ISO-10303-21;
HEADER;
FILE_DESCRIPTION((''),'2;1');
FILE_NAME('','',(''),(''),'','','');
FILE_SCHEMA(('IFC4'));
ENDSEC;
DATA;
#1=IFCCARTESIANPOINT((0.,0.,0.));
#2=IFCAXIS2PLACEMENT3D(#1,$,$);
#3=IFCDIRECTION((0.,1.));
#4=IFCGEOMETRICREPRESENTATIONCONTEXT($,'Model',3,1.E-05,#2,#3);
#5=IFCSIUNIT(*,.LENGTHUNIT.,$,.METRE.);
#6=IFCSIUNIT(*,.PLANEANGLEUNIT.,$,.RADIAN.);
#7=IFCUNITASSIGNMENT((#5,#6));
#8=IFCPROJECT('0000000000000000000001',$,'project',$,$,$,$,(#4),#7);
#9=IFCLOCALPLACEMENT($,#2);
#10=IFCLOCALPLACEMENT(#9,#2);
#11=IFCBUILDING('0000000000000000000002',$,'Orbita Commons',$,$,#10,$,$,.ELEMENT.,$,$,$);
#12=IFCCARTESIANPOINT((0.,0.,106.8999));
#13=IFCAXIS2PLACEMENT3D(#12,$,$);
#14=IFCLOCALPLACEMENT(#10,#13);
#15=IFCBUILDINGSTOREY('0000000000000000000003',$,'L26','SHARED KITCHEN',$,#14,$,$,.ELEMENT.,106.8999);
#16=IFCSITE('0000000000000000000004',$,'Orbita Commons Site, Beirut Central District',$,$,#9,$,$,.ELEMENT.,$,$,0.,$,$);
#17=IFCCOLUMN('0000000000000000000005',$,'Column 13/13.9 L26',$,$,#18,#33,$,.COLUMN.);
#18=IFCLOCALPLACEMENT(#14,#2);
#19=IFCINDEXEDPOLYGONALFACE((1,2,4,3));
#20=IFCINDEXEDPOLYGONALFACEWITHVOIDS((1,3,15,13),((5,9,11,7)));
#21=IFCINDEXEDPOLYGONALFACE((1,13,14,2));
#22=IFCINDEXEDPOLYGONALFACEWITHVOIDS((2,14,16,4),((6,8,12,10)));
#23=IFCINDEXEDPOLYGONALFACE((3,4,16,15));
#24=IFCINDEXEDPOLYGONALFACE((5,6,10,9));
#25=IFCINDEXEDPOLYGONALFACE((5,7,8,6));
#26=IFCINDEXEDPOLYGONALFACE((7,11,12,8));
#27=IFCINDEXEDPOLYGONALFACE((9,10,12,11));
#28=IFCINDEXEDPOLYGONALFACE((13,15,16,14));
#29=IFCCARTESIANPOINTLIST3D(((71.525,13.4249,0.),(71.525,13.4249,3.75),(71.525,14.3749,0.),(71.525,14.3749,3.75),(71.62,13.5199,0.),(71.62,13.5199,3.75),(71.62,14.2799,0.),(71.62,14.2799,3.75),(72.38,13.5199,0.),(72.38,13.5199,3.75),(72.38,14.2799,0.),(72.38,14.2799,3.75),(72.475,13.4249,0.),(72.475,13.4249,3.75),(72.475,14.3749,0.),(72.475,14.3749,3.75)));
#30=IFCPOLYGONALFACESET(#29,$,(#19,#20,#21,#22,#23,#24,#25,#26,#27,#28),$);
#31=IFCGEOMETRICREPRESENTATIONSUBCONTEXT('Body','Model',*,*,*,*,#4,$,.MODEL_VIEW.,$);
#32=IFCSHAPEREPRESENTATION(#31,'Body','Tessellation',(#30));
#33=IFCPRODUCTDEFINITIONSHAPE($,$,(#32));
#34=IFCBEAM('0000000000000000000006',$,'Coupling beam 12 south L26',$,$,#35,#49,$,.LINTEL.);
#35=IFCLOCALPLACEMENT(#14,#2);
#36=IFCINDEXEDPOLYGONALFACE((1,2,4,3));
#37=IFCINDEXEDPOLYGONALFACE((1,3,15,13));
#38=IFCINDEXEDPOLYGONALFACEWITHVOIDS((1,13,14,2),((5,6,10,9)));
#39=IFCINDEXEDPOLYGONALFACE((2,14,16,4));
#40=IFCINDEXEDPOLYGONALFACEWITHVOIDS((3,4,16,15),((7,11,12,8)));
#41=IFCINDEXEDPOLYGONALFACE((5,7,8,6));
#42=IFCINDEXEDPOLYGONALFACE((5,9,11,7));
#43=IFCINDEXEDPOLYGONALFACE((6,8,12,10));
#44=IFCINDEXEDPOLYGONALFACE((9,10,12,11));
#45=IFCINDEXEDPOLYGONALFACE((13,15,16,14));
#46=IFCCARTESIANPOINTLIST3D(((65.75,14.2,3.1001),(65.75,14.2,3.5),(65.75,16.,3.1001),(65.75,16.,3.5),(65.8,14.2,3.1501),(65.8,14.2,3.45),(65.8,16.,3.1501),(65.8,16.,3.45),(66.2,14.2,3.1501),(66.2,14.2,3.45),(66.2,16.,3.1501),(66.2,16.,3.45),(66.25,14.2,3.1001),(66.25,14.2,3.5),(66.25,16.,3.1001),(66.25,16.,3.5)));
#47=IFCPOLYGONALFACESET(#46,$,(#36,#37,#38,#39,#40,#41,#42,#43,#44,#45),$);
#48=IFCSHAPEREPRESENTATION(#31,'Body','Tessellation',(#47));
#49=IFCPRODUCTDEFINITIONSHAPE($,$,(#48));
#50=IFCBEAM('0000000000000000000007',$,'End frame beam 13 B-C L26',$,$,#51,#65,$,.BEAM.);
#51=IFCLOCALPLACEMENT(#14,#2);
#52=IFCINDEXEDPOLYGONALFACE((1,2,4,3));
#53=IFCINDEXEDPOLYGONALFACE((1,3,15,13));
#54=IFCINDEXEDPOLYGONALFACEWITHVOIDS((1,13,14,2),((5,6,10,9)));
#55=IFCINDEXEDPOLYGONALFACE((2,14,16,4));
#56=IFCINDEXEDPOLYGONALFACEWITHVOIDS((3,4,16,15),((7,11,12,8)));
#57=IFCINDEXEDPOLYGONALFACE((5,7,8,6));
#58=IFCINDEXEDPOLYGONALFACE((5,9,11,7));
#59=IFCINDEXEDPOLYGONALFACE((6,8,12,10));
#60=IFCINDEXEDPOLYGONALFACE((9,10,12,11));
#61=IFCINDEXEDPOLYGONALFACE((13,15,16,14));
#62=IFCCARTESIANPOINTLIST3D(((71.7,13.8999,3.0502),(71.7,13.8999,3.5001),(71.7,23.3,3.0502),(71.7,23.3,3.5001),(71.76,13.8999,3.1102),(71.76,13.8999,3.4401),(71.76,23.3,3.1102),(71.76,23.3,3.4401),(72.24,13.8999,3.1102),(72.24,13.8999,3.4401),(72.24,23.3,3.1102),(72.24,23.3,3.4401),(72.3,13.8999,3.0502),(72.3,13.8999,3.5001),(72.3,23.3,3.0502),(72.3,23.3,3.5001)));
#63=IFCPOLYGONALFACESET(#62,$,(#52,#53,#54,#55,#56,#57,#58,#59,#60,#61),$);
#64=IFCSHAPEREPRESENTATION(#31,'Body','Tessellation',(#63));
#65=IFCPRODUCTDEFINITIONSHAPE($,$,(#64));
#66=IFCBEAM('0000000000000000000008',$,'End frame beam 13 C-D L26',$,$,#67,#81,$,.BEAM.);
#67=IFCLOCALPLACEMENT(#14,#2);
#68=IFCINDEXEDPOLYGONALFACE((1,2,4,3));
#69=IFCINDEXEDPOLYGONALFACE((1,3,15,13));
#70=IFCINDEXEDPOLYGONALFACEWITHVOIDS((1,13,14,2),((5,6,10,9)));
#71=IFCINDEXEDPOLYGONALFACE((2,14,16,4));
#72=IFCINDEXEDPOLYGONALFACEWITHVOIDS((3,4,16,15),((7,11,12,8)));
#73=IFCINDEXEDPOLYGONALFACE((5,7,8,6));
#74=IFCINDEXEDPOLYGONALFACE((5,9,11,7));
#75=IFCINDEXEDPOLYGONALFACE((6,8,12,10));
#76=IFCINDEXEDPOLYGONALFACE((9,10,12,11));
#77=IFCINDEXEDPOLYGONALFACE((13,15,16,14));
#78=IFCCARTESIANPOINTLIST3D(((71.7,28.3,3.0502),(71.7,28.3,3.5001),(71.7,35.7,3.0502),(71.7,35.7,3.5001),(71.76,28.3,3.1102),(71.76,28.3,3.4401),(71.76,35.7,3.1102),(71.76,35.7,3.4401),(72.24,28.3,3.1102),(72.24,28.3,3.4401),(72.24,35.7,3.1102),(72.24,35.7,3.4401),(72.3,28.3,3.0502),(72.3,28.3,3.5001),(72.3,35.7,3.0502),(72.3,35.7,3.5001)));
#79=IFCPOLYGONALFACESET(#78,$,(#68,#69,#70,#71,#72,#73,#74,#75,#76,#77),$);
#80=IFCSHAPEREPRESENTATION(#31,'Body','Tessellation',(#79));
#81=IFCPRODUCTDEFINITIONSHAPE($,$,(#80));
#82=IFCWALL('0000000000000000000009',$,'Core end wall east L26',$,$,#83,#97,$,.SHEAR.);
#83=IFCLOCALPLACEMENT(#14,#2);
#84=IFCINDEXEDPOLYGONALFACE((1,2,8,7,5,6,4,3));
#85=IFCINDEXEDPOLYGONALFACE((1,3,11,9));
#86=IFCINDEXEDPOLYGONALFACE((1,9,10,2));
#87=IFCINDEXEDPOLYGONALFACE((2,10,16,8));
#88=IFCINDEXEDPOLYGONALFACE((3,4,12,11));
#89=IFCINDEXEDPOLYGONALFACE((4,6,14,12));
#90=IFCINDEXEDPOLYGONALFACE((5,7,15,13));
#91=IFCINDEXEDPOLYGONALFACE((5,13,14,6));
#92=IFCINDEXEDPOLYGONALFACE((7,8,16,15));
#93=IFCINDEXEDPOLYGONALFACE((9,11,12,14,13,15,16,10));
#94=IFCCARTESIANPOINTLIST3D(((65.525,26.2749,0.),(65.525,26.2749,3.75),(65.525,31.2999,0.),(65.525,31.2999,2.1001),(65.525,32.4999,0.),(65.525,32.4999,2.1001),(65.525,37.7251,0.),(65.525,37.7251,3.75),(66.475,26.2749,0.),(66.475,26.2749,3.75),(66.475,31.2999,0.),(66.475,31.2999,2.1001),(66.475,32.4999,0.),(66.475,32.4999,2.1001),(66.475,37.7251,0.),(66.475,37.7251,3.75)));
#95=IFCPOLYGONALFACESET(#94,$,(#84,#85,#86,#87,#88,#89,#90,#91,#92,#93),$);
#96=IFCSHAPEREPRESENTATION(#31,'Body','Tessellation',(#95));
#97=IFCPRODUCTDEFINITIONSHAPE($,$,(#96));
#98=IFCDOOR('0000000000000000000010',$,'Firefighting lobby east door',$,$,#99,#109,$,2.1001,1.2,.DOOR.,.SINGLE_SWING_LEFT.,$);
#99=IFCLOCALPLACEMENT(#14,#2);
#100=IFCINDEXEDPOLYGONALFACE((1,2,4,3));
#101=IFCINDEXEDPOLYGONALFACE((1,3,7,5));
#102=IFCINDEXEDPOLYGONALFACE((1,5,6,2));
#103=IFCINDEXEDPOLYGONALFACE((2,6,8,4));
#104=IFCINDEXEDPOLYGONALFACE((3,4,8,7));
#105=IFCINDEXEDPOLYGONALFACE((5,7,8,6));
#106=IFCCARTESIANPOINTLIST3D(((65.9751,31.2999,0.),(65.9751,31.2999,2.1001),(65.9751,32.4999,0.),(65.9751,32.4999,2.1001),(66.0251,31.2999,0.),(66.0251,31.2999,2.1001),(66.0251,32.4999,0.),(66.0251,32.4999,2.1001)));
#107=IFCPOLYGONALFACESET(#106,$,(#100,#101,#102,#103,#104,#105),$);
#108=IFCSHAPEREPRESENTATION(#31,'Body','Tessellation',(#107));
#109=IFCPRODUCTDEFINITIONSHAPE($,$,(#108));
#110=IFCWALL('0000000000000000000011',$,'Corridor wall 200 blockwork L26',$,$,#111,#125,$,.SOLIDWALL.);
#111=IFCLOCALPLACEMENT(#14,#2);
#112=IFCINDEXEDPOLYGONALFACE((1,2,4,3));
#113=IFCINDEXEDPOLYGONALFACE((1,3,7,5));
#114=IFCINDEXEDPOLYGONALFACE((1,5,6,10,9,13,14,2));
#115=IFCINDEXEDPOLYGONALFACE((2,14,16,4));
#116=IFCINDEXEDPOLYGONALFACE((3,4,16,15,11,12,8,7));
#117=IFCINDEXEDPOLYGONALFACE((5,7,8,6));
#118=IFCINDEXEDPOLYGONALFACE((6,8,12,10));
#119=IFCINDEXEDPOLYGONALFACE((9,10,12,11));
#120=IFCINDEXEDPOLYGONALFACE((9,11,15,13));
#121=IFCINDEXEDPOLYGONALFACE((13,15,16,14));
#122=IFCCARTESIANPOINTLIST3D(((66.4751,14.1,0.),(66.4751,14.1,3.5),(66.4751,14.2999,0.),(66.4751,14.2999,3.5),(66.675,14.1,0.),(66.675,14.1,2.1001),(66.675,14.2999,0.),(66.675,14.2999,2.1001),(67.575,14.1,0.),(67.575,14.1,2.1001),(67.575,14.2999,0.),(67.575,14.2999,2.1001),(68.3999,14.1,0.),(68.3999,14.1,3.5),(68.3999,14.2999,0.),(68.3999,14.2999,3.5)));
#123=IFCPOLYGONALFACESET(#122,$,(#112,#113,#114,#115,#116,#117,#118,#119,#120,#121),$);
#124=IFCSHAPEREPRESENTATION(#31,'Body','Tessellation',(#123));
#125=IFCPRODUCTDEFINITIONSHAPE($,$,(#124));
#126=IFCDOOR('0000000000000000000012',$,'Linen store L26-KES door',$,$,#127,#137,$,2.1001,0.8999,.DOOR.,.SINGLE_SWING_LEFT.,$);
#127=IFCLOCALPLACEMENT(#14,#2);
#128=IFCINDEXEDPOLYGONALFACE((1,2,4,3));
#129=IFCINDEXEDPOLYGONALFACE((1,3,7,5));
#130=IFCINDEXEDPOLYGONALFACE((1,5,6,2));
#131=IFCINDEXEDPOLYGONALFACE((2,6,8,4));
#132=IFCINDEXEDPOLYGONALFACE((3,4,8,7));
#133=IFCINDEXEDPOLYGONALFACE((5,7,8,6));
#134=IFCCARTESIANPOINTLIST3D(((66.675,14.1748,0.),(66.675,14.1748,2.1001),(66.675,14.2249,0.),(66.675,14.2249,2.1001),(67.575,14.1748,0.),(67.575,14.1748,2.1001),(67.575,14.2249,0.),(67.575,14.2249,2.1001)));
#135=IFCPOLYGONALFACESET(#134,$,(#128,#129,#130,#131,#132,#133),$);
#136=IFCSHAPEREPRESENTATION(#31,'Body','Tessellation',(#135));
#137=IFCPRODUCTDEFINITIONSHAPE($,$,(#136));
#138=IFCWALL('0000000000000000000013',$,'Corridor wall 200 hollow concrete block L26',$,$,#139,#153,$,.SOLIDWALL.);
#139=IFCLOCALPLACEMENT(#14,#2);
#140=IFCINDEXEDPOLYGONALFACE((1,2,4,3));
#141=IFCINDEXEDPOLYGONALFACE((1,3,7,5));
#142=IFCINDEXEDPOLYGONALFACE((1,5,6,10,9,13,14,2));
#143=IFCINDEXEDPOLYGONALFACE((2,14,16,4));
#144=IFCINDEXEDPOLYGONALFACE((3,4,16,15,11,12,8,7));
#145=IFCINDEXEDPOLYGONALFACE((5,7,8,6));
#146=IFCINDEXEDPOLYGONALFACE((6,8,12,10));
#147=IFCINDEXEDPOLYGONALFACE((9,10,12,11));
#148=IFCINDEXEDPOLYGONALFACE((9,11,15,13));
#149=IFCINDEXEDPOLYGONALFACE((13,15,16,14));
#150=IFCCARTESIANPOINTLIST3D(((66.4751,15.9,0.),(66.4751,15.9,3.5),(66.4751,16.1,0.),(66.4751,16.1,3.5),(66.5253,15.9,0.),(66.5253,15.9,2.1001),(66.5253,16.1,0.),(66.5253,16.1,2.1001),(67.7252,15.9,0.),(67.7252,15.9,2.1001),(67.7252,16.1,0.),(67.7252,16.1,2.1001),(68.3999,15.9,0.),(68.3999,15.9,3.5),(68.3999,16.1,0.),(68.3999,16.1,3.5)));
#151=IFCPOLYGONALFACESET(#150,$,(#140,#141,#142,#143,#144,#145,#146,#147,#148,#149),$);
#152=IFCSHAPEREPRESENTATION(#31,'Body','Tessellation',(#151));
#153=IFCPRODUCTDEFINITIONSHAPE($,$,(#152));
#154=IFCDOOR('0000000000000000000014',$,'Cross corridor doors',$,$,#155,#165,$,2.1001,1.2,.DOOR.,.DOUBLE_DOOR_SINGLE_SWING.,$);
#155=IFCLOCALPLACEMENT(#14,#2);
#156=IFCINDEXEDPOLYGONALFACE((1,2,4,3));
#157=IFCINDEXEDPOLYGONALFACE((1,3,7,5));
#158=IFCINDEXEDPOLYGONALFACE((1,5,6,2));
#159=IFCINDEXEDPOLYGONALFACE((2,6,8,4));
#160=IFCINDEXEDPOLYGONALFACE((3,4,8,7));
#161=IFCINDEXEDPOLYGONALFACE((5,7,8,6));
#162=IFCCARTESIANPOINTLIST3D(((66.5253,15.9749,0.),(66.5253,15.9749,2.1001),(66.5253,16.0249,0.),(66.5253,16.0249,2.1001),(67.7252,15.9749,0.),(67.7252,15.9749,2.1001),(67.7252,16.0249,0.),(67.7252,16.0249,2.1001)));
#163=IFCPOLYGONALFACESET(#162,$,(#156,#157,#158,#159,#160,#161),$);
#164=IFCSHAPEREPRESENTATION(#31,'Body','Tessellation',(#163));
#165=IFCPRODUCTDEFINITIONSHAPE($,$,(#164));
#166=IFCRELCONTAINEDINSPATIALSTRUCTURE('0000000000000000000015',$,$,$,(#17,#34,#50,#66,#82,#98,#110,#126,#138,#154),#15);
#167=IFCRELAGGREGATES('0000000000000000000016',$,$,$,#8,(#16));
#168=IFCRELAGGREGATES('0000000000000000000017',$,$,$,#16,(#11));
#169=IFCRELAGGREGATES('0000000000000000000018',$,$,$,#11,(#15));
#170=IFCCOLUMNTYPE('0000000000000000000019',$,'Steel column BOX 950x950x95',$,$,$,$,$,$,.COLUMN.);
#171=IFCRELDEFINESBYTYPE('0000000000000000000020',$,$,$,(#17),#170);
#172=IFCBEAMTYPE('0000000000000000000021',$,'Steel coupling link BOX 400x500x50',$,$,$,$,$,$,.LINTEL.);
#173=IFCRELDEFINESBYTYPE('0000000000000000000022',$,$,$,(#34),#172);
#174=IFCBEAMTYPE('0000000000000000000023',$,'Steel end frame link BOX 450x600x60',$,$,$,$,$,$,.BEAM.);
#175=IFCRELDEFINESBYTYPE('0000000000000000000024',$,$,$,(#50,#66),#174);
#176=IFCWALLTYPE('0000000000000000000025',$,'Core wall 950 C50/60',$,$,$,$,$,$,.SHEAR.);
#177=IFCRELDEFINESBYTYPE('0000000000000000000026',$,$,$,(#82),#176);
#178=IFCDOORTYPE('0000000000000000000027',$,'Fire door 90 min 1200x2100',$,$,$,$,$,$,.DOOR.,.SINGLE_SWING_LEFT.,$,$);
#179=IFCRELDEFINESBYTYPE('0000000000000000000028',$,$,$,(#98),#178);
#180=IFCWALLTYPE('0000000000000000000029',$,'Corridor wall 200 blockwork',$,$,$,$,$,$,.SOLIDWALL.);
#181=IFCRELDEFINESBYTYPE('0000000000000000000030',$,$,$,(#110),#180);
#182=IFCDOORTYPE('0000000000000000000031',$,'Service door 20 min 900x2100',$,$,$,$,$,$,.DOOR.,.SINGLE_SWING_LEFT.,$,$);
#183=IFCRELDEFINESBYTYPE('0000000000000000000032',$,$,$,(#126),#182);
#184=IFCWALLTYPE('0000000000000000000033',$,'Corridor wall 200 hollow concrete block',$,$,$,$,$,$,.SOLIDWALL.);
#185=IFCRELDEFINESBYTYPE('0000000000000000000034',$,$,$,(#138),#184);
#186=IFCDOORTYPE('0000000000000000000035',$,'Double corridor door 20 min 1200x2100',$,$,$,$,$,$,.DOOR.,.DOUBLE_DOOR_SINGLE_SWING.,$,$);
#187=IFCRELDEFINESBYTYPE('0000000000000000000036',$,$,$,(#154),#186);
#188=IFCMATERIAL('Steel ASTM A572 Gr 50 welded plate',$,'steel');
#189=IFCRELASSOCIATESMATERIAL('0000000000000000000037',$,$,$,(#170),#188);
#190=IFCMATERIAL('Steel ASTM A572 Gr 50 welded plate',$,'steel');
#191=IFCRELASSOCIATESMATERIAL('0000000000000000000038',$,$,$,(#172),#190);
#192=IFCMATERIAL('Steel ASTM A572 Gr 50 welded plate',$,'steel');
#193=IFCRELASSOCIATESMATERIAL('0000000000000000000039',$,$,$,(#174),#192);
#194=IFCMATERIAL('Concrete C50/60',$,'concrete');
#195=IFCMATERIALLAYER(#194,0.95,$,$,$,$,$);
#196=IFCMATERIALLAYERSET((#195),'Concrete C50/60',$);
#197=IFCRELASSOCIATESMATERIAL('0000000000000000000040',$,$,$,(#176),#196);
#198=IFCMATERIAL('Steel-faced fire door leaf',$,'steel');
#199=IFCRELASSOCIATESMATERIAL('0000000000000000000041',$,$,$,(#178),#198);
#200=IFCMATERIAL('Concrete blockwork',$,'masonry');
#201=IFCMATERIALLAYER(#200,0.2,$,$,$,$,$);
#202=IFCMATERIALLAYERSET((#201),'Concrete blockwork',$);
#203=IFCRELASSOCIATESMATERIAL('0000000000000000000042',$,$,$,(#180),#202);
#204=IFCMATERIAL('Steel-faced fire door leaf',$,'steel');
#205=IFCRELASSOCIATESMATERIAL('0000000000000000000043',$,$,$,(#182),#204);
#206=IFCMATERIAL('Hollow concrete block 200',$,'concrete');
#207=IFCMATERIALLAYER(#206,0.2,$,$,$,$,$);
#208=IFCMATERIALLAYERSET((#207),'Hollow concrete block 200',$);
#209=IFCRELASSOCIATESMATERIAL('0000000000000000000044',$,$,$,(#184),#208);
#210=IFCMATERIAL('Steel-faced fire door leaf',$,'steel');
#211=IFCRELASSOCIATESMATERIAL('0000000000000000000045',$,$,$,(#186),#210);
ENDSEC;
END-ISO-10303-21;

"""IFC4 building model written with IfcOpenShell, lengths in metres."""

from ifc_helpers import new_model, si_unit, direction, frame, frame_2d, origin, origin_2d, place, context, subcontext, project, spatial, rectangle, hollow_rectangle, extrude, material, layer, layer_set, material_profile, profile_set, type_object, element, fill, save


model = new_model("IFC4")

# Units and contexts
model_context = context("Model", 3, precision=1e-05, world=origin(), true_north=direction((0.0, 1.0)))
body_context = subcontext(model_context, "Body", "Model", "MODEL_VIEW")
ifc_project = project(units=[si_unit("LENGTHUNIT", "METRE"), si_unit("PLANEANGLEUNIT", "RADIAN")], contexts=[model_context])

# Site, building, storey
site_placement = place(None, origin())
site = spatial("IfcSite", under=ifc_project, at=site_placement, Name="Orbita Commons Site, Beirut Central District", CompositionType="ELEMENT", RefElevation=0.0)
building_placement = place(site_placement, origin())
building = spatial("IfcBuilding", under=site, at=building_placement, Name="Orbita Commons", CompositionType="ELEMENT")
storey_placement = place(building_placement, frame((0.0, 0.0, 106.8999)))
storey = spatial("IfcBuildingStorey", under=building, at=storey_placement, Name="L26", Description="SHARED KITCHEN", CompositionType="ELEMENT", Elevation=106.8999)

# Column
ifc_material_1 = material(Name="Steel ASTM A572 Gr 50 welded plate", Category="steel")
ifc_material_profile_1 = material_profile(ifc_material_1, hollow_rectangle(XDim=0.95, YDim=0.95, WallThickness=0.095, at=origin_2d()), Name="BOX 950x950x95")
ifc_profile_set_1 = profile_set([ifc_material_profile_1], Name="Steel ASTM A572 Gr 50 welded plate")
column_type = type_object("IfcColumnType", Name="Steel column BOX 950x950x95", PredefinedType="COLUMN", material=ifc_profile_set_1)
column_placement = place(storey_placement, frame((72.0, 13.8999, 0.0), z_axis=(0.0, 0.0, 1.0), x_axis=(1.0, 0.0, 0.0)))
element("IfcColumn", 1, at=column_placement, inside=storey, type_object=column_type, Name="Column 13/13.9 L26", PredefinedType="COLUMN", context=body_context, shape_type="SweptSolid", body=[
    extrude(hollow_rectangle(XDim=0.95, YDim=0.95, WallThickness=0.095, at=origin_2d()), origin(), (0.0, 0.0, 1.0), 3.75),
])

# Beams
ifc_material_2 = material(Name="Steel ASTM A572 Gr 50 welded plate", Category="steel")
ifc_material_profile_2 = material_profile(ifc_material_2, hollow_rectangle(XDim=0.5, YDim=0.3999, WallThickness=0.05, at=origin_2d()), Name="BOX 400x500x50")
ifc_profile_set_2 = profile_set([ifc_material_profile_2], Name="Steel ASTM A572 Gr 50 welded plate")
beam_type_1 = type_object("IfcBeamType", Name="Steel coupling link BOX 400x500x50", PredefinedType="LINTEL", material=ifc_profile_set_2)
beam_1_placement = place(storey_placement, frame((66.0, 14.2, 3.3), z_axis=(0.0, 1.0, 0.0), x_axis=(-1.0, 0.0, 0.0)))
element("IfcBeam", 2, at=beam_1_placement, inside=storey, type_object=beam_type_1, Name="Coupling beam 12 south L26", PredefinedType="LINTEL", context=body_context, shape_type="SweptSolid", body=[
    extrude(hollow_rectangle(XDim=0.5, YDim=0.3999, WallThickness=0.05, at=origin_2d()), origin(), (0.0, 0.0, 1.0), 1.8),
])
ifc_material_3 = material(Name="Steel ASTM A572 Gr 50 welded plate", Category="steel")
ifc_material_profile_3 = material_profile(ifc_material_3, hollow_rectangle(XDim=0.6001, YDim=0.45, WallThickness=0.0601, at=origin_2d()), Name="BOX 450x600x60")
ifc_profile_set_3 = profile_set([ifc_material_profile_3], Name="Steel ASTM A572 Gr 50 welded plate")
beam_type_2 = type_object("IfcBeamType", Name="Steel end frame link BOX 450x600x60", PredefinedType="BEAM", material=ifc_profile_set_3)
beam_2_placement = place(storey_placement, frame((72.0, 13.8999, 3.2751), z_axis=(0.0, 1.0, 0.0), x_axis=(-1.0, 0.0, 0.0)))
element("IfcBeam", 3, at=beam_2_placement, inside=storey, type_object=beam_type_2, Name="End frame beam 13 B-C L26", PredefinedType="BEAM", context=body_context, shape_type="SweptSolid", body=[
    extrude(hollow_rectangle(XDim=0.6001, YDim=0.45, WallThickness=0.0601, at=origin_2d()), origin(), (0.0, 0.0, 1.0), 9.4001),
])
beam_3_placement = place(storey_placement, frame((72.0, 28.3, 3.2751), z_axis=(0.0, 1.0, 0.0), x_axis=(-1.0, 0.0, 0.0)))
element("IfcBeam", 4, at=beam_3_placement, inside=storey, type_object=beam_type_2, Name="End frame beam 13 C-D L26", PredefinedType="BEAM", context=body_context, shape_type="SweptSolid", body=[
    extrude(hollow_rectangle(XDim=0.6001, YDim=0.45, WallThickness=0.0601, at=origin_2d()), origin(), (0.0, 0.0, 1.0), 7.3999),
])

# Walls, openings, doors
ifc_material_4 = material(Name="Concrete C50/60", Category="concrete")
ifc_layer_1 = layer(ifc_material_4, 0.95)
ifc_layer_set_1 = layer_set([ifc_layer_1], Name="Concrete C50/60")
wall_type_1 = type_object("IfcWallType", Name="Core wall 950 C50/60", PredefinedType="SHEAR", material=ifc_layer_set_1)
wall_1_placement = place(storey_placement, frame((66.0, 26.2749, 0.0), z_axis=(0.0, 0.0, 1.0), x_axis=(0.0, 1.0, 0.0)))
wall_1 = element("IfcWall", 5, at=wall_1_placement, inside=storey, type_object=wall_type_1, Name="Core end wall east L26", PredefinedType="SHEAR", context=body_context, shape_type="SweptSolid", body=[
    extrude(rectangle(XDim=11.4502, YDim=0.95, at=frame_2d((5.7251, 0.0))), origin(), (0.0, 0.0, 1.0), 3.75),
])
opening_1_placement = place(wall_1_placement, frame((5.0249, 0.0, 0.0)))
opening_1 = element("IfcOpeningElement", 6, at=opening_1_placement, cuts=wall_1, PredefinedType="OPENING", context=body_context, shape_type="SweptSolid", body=[
    extrude(rectangle(XDim=1.2, YDim=2.1001, at=frame_2d((0.6001, 1.05))), frame((0.0, 0.4849, 0.0), z_axis=(0.0, -1.0, 0.0), x_axis=(1.0, 0.0, 0.0)), (0.0, 0.0, 1.0), 0.97),
])
ifc_material_5 = material(Name="Steel-faced fire door leaf", Category="steel")
door_type_1 = type_object("IfcDoorType", Name="Fire door 90 min 1200x2100", OperationType="SINGLE_SWING_LEFT", PredefinedType="DOOR", material=ifc_material_5)
door_1_placement = place(opening_1_placement, origin())
door_1 = element("IfcDoor", 7, at=door_1_placement, inside=storey, type_object=door_type_1, Name="Firefighting lobby east door", OperationType="SINGLE_SWING_LEFT", OverallHeight=2.1001, OverallWidth=1.2, PredefinedType="DOOR", context=body_context, shape_type="SweptSolid", body=[
    extrude(rectangle(XDim=1.2, YDim=2.1001, at=frame_2d((0.6001, 1.05))), frame((0.0, 0.0249, 0.0), z_axis=(0.0, -1.0, 0.0), x_axis=(1.0, 0.0, 0.0)), (0.0, 0.0, 1.0), 0.05),
])
fill(opening_1, door_1)
ifc_material_6 = material(Name="Concrete blockwork", Category="masonry")
ifc_layer_2 = layer(ifc_material_6, 0.2)
ifc_layer_set_2 = layer_set([ifc_layer_2], Name="Concrete blockwork")
wall_type_2 = type_object("IfcWallType", Name="Corridor wall 200 blockwork", PredefinedType="SOLIDWALL", material=ifc_layer_set_2)
wall_2_placement = place(storey_placement, frame((66.4751, 14.2, 0.0), z_axis=(0.0, 0.0, 1.0), x_axis=(1.0, 0.0, 0.0)))
wall_2 = element("IfcWall", 8, at=wall_2_placement, inside=storey, type_object=wall_type_2, Name="Corridor wall 200 blockwork L26", PredefinedType="SOLIDWALL", context=body_context, shape_type="SweptSolid", body=[
    extrude(rectangle(XDim=1.9248, YDim=0.2, at=frame_2d((0.9624, 0.0))), origin(), (0.0, 0.0, 1.0), 3.5),
])
opening_2_placement = place(wall_2_placement, frame((0.2, 0.0, 0.0)))
opening_2 = element("IfcOpeningElement", 9, at=opening_2_placement, cuts=wall_2, PredefinedType="OPENING", context=body_context, shape_type="SweptSolid", body=[
    extrude(rectangle(XDim=0.8999, YDim=2.1001, at=frame_2d((0.45, 1.05))), frame((0.0, 0.1099, 0.0), z_axis=(0.0, -1.0, 0.0), x_axis=(1.0, 0.0, 0.0)), (0.0, 0.0, 1.0), 0.22),
])
ifc_material_7 = material(Name="Steel-faced fire door leaf", Category="steel")
door_type_2 = type_object("IfcDoorType", Name="Service door 20 min 900x2100", OperationType="SINGLE_SWING_LEFT", PredefinedType="DOOR", material=ifc_material_7)
door_2_placement = place(opening_2_placement, origin())
door_2 = element("IfcDoor", 10, at=door_2_placement, inside=storey, type_object=door_type_2, Name="Linen store L26-KES door", OperationType="SINGLE_SWING_LEFT", OverallHeight=2.1001, OverallWidth=0.8999, PredefinedType="DOOR", context=body_context, shape_type="SweptSolid", body=[
    extrude(rectangle(XDim=0.8999, YDim=2.1001, at=frame_2d((0.45, 1.05))), frame((0.0, 0.0249, 0.0), z_axis=(0.0, -1.0, 0.0), x_axis=(1.0, 0.0, 0.0)), (0.0, 0.0, 1.0), 0.05),
])
fill(opening_2, door_2)
ifc_material_8 = material(Name="Hollow concrete block 200", Category="concrete")
ifc_layer_3 = layer(ifc_material_8, 0.2)
ifc_layer_set_3 = layer_set([ifc_layer_3], Name="Hollow concrete block 200")
wall_type_3 = type_object("IfcWallType", Name="Corridor wall 200 hollow concrete block", PredefinedType="SOLIDWALL", material=ifc_layer_set_3)
wall_3_placement = place(storey_placement, frame((66.4751, 16.0, 0.0), z_axis=(0.0, 0.0, 1.0), x_axis=(1.0, 0.0, 0.0)))
wall_3 = element("IfcWall", 11, at=wall_3_placement, inside=storey, type_object=wall_type_3, Name="Corridor wall 200 hollow concrete block L26", PredefinedType="SOLIDWALL", context=body_context, shape_type="SweptSolid", body=[
    extrude(rectangle(XDim=1.9248, YDim=0.2, at=frame_2d((0.9624, 0.0))), origin(), (0.0, 0.0, 1.0), 3.5),
])
opening_3_placement = place(wall_3_placement, frame((0.05, 0.0, 0.0)))
opening_3 = element("IfcOpeningElement", 12, at=opening_3_placement, cuts=wall_3, PredefinedType="OPENING", context=body_context, shape_type="SweptSolid", body=[
    extrude(rectangle(XDim=1.2, YDim=2.1001, at=frame_2d((0.6001, 1.05))), frame((0.0, 0.1099, 0.0), z_axis=(0.0, -1.0, 0.0), x_axis=(1.0, 0.0, 0.0)), (0.0, 0.0, 1.0), 0.22),
])
ifc_material_9 = material(Name="Steel-faced fire door leaf", Category="steel")
door_type_3 = type_object("IfcDoorType", Name="Double corridor door 20 min 1200x2100", OperationType="DOUBLE_DOOR_SINGLE_SWING", PredefinedType="DOOR", material=ifc_material_9)
door_3_placement = place(opening_3_placement, origin())
door_3 = element("IfcDoor", 13, at=door_3_placement, inside=storey, type_object=door_type_3, Name="Cross corridor doors", OperationType="DOUBLE_DOOR_SINGLE_SWING", OverallHeight=2.1001, OverallWidth=1.2, PredefinedType="DOOR", context=body_context, shape_type="SweptSolid", body=[
    extrude(rectangle(XDim=1.2, YDim=2.1001, at=frame_2d((0.6001, 1.05))), frame((0.0, 0.0249, 0.0), z_axis=(0.0, -1.0, 0.0), x_axis=(1.0, 0.0, 0.0)), (0.0, 0.0, 1.0), 0.05),
])
fill(opening_3, door_3)

save(model, "model.ifc")
